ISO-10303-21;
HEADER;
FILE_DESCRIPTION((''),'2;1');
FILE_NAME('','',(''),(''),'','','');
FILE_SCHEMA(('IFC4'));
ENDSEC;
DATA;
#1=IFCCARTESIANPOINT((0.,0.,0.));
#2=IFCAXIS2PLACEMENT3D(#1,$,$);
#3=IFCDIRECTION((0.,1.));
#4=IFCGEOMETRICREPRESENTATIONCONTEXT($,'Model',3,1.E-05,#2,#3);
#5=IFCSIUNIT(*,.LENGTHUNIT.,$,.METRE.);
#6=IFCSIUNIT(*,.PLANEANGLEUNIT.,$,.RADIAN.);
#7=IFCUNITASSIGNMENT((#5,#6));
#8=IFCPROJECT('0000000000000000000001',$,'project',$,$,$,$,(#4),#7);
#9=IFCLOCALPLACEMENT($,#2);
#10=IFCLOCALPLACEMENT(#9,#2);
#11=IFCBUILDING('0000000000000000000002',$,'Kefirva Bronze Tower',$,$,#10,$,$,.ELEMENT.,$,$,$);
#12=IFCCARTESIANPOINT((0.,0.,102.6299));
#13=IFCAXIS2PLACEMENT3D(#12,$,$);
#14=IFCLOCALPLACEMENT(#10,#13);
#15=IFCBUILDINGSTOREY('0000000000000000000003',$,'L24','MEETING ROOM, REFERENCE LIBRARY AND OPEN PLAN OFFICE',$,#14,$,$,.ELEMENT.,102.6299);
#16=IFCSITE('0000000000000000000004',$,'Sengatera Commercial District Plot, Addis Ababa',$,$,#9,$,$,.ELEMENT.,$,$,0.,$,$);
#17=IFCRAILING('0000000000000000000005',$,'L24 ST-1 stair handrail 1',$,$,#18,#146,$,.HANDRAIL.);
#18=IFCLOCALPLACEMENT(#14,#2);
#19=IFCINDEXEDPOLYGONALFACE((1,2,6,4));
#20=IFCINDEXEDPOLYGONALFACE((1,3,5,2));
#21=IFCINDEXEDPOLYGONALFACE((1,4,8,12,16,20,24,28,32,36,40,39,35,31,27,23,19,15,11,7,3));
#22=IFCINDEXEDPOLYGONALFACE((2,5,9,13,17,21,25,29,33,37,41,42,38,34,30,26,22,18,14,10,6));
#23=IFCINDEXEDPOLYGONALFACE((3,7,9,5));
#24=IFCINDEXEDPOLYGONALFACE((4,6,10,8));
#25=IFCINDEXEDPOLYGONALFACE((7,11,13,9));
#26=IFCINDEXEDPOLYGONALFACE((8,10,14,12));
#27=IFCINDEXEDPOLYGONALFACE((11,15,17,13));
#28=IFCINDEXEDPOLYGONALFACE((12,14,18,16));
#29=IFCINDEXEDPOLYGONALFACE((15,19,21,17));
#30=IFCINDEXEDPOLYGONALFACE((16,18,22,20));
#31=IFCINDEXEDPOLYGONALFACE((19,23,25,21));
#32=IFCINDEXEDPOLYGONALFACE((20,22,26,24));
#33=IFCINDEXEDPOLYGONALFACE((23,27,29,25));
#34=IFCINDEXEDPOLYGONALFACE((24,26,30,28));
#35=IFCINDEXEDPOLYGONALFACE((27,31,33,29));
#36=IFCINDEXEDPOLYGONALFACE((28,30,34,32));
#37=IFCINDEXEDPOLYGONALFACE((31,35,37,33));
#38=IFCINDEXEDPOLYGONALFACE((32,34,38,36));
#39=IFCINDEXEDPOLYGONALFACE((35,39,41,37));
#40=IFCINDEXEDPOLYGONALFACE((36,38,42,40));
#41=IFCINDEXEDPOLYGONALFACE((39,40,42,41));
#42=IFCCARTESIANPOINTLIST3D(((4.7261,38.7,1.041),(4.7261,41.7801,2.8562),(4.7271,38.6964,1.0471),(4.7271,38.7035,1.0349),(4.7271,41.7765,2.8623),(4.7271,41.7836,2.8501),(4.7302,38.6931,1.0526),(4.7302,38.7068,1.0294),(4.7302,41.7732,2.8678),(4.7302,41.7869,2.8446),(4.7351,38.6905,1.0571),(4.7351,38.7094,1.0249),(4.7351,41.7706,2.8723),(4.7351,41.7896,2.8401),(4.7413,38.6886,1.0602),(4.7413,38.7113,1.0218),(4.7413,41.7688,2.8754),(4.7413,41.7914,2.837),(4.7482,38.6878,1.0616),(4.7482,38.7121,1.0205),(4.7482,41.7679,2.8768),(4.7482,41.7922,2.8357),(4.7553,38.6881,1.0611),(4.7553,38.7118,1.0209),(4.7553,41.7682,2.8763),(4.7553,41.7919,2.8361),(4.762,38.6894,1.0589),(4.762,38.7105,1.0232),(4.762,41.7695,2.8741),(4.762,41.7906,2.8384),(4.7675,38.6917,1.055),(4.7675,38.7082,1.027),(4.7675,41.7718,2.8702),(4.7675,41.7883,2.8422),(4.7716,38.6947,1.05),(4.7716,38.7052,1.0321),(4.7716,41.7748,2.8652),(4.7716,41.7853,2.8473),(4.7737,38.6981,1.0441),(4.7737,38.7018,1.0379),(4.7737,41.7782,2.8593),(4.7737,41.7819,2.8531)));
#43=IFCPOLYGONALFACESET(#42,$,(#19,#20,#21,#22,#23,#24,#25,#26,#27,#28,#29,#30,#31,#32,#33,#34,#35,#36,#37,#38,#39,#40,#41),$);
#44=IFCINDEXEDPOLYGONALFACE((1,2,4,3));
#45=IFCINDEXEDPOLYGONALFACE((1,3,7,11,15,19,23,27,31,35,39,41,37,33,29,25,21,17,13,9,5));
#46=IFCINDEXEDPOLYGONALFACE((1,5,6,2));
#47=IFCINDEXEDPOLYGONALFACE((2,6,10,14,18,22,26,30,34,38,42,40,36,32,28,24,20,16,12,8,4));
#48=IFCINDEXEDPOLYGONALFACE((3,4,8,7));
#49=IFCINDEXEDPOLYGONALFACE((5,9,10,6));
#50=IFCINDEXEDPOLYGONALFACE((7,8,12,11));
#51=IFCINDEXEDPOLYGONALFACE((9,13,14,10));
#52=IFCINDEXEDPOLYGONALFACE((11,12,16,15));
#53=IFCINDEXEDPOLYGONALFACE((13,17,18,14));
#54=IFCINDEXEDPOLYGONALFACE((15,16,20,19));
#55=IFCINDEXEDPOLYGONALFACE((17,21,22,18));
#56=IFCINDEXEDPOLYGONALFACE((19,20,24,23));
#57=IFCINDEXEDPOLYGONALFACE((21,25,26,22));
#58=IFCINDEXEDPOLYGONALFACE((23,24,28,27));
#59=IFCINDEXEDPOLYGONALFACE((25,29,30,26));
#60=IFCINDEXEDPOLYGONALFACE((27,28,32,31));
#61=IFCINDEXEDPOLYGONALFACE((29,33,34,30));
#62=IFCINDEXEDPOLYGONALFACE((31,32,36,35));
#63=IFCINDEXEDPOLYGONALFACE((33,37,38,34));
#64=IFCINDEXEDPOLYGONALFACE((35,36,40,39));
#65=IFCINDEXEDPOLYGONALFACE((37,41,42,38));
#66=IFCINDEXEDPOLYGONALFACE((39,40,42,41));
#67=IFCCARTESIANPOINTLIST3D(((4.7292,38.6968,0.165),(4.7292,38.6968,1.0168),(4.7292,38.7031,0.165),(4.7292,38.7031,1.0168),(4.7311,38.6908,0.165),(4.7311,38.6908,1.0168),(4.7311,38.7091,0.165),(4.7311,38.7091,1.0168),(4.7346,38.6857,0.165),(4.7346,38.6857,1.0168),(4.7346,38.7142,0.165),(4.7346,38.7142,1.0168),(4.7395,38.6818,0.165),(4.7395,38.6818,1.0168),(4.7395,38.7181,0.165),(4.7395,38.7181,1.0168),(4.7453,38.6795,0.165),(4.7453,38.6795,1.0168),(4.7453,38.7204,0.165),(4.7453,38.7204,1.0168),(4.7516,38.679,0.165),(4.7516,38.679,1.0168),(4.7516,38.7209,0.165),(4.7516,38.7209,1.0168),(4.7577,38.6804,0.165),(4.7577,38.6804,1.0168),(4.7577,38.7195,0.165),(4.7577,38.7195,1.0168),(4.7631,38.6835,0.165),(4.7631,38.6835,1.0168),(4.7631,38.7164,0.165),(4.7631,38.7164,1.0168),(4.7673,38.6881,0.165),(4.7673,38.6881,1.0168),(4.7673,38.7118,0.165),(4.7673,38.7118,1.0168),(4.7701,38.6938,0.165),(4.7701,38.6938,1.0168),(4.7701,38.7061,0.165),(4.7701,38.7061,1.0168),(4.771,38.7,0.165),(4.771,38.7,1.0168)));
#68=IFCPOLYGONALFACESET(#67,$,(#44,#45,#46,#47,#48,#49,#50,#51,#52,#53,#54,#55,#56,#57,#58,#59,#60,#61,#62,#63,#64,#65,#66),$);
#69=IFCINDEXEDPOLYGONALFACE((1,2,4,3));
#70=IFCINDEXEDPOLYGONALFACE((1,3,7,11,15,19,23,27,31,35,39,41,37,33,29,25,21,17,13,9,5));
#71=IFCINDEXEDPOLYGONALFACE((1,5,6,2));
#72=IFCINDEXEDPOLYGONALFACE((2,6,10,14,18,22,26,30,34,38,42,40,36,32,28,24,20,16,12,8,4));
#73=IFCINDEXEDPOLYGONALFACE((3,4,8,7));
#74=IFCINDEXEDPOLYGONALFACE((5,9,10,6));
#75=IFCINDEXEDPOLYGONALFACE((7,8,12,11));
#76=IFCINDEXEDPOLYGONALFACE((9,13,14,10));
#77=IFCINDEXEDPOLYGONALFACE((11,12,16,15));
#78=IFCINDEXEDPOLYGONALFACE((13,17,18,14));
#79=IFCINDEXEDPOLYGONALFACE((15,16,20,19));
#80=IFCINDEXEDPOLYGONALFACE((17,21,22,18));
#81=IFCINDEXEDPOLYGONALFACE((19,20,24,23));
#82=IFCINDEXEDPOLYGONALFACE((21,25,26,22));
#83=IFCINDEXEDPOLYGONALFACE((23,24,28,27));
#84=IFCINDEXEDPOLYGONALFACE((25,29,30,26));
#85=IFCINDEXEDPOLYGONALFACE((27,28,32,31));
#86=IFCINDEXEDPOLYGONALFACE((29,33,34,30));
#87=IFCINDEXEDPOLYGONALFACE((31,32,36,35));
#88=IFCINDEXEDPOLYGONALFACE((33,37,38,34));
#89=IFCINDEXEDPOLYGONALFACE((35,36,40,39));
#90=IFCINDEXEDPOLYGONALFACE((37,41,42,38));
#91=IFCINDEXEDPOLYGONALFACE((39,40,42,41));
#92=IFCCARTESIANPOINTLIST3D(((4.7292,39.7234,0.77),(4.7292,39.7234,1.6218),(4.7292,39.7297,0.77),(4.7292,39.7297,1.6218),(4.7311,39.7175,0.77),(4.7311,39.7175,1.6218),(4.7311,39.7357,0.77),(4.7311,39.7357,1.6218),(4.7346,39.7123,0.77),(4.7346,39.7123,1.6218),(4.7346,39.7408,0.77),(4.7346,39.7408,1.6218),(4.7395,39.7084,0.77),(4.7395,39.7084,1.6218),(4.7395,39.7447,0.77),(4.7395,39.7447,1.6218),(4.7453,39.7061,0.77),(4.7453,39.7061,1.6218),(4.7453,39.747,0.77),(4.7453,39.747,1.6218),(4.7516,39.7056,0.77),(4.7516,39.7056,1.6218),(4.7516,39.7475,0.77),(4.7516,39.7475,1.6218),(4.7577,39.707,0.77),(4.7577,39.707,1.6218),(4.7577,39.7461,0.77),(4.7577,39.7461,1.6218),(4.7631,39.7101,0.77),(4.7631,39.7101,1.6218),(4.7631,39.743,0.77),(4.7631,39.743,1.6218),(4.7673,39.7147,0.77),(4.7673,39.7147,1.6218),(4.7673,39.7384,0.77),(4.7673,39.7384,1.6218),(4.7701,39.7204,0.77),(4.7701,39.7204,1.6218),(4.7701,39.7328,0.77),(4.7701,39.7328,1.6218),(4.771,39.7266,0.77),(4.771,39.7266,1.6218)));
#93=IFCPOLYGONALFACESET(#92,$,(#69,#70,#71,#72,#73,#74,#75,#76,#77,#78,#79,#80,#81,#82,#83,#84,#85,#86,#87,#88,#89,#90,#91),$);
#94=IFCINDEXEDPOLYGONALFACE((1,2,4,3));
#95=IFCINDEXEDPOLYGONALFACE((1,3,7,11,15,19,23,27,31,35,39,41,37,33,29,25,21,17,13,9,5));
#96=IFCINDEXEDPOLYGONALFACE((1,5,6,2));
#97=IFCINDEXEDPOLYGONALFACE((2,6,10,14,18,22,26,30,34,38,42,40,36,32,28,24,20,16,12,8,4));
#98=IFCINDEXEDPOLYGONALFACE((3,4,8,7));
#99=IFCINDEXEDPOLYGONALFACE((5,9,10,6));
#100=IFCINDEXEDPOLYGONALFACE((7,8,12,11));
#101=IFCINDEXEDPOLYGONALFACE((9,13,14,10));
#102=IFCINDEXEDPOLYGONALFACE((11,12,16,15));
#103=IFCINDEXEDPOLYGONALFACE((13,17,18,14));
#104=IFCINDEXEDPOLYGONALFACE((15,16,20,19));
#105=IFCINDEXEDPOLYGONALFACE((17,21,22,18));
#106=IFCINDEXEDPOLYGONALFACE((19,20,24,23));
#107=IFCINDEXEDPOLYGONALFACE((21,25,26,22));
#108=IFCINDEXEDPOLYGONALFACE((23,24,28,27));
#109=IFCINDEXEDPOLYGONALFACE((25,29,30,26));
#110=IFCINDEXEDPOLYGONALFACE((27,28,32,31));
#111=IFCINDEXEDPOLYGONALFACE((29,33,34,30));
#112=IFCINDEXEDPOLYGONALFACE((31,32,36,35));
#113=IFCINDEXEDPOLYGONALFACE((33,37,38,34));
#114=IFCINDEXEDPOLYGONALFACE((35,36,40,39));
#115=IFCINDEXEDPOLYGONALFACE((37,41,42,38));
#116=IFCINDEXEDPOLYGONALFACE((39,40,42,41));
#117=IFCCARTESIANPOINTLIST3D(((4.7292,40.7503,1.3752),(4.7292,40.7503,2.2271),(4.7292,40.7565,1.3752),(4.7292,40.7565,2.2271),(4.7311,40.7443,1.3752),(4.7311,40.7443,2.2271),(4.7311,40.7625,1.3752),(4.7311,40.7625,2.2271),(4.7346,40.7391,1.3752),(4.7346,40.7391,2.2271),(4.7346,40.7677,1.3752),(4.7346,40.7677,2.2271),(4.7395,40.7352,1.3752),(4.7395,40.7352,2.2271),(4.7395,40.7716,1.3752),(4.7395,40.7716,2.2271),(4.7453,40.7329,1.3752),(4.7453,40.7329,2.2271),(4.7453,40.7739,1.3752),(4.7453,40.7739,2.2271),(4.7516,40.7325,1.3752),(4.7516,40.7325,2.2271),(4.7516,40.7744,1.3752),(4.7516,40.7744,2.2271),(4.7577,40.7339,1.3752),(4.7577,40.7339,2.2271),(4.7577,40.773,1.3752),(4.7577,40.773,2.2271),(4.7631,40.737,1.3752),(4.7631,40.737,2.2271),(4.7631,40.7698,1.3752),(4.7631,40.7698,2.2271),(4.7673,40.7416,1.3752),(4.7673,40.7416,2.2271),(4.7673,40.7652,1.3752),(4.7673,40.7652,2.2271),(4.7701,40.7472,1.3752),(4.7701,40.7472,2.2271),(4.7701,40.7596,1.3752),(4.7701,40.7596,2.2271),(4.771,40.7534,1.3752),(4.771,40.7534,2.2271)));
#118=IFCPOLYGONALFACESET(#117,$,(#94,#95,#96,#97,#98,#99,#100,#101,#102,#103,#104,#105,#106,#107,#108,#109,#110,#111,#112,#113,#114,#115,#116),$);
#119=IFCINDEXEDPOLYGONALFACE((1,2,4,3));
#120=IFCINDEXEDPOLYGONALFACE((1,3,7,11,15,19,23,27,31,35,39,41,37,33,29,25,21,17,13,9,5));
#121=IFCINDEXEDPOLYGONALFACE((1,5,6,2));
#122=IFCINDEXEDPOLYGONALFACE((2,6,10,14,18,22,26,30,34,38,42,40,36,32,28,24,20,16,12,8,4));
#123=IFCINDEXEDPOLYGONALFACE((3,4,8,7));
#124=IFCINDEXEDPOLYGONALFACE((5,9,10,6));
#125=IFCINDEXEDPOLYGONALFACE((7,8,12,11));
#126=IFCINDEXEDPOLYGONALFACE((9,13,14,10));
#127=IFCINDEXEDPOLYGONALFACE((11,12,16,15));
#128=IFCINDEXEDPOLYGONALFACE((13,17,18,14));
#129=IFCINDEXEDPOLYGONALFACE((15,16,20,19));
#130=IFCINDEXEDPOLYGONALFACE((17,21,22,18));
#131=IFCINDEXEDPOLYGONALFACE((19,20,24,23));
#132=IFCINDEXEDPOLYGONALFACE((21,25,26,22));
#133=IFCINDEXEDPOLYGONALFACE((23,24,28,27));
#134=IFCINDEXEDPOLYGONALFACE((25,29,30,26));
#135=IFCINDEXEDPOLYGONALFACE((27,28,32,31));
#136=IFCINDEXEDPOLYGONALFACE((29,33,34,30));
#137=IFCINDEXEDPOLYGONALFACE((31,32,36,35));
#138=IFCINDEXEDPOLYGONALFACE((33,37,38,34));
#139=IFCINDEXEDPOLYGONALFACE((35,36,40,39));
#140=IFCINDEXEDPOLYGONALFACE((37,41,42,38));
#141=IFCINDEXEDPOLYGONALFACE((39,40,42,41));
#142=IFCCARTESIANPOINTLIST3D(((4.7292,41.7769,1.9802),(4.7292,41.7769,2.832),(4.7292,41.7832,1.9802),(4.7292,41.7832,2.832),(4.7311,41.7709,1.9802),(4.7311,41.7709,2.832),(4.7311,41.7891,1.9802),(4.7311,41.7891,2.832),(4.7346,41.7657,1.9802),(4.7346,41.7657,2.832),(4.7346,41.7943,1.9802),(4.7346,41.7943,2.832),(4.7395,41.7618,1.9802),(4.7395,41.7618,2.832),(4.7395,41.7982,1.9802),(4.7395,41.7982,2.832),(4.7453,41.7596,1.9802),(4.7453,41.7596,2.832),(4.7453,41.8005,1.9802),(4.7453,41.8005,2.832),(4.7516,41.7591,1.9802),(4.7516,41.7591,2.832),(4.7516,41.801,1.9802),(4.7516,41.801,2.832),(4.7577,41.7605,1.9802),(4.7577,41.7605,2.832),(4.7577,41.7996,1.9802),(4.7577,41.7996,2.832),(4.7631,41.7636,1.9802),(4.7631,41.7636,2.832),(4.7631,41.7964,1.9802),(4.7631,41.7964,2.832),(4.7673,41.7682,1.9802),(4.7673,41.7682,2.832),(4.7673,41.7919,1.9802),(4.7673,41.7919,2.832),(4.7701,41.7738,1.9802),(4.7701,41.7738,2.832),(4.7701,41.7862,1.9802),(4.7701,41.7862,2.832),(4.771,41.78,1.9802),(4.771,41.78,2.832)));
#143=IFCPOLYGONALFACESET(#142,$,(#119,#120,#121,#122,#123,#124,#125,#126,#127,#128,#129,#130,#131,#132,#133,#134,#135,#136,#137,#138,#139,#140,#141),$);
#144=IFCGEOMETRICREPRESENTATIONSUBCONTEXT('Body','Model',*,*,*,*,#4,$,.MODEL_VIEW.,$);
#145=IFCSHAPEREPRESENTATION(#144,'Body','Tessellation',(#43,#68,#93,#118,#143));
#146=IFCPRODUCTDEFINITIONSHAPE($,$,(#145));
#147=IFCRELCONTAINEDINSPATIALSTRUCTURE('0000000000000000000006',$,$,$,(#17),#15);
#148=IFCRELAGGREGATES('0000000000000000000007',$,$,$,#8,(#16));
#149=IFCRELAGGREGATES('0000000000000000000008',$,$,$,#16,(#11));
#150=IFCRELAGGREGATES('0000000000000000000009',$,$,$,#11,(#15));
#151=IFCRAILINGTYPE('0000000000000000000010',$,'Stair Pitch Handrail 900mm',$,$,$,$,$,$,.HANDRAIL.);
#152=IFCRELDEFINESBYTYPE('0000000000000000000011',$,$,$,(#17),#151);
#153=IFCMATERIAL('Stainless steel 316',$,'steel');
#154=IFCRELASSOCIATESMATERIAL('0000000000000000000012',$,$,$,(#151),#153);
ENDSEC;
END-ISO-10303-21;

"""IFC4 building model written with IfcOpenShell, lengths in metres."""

from ifc_helpers import new_model, si_unit, direction, frame, origin, origin_2d, place, context, subcontext, project, spatial, circle, extrude, material, type_object, element, save


model = new_model("IFC4")

# Units and contexts
model_context = context("Model", 3, precision=1e-05, world=origin(), true_north=direction((0.0, 1.0)))
body_context = subcontext(model_context, "Body", "Model", "MODEL_VIEW")
ifc_project = project(units=[si_unit("LENGTHUNIT", "METRE"), si_unit("PLANEANGLEUNIT", "RADIAN")], contexts=[model_context])

# Site, building, storey
site_placement = place(None, origin())
site = spatial("IfcSite", under=ifc_project, at=site_placement, Name="Sengatera Commercial District Plot, Addis Ababa", CompositionType="ELEMENT", RefElevation=0.0)
building_placement = place(site_placement, origin())
building = spatial("IfcBuilding", under=site, at=building_placement, Name="Kefirva Bronze Tower", CompositionType="ELEMENT")
storey_placement = place(building_placement, frame((0.0, 0.0, 102.6299)))
storey = spatial("IfcBuildingStorey", under=building, at=storey_placement, Name="L24", Description="MEETING ROOM, REFERENCE LIBRARY AND OPEN PLAN OFFICE", CompositionType="ELEMENT", Elevation=102.6299)

# Railing
ifc_material_1 = material(Name="Stainless steel 316", Category="steel")
railing_type_1 = type_object("IfcRailingType", Name="Stair Pitch Handrail 900mm", PredefinedType="HANDRAIL", material=ifc_material_1)
railing_1_placement = place(storey_placement, frame((4.75, 38.7, 0.165)))
element("IfcRailing", 1, at=railing_1_placement, inside=storey, type_object=railing_type_1, Name="L24 ST-1 stair handrail 1", PredefinedType="HANDRAIL", context=body_context, shape_type="SweptSolid", body=[
    extrude(circle(Radius=0.0239, at=origin_2d()), frame((0.0, 0.0, 0.876), z_axis=(0.0, 0.861521, 0.507721), x_axis=(-1.0, 0.0, 0.0)), (0.0, 0.0, 1.0), 3.5752),
    extrude(circle(Radius=0.021, at=origin_2d()), origin(), (0.0, 0.0, 1.0), 0.8518),
    extrude(circle(Radius=0.021, at=origin_2d()), frame((0.0, 1.0266, 0.605)), (0.0, 0.0, 1.0), 0.8518),
    extrude(circle(Radius=0.021, at=origin_2d()), frame((0.0, 2.0535, 1.2102)), (0.0, 0.0, 1.0), 0.8518),
    extrude(circle(Radius=0.021, at=origin_2d()), frame((0.0, 3.0801, 1.8152)), (0.0, 0.0, 1.0), 0.8518),
])

save(model, "model.ifc")
